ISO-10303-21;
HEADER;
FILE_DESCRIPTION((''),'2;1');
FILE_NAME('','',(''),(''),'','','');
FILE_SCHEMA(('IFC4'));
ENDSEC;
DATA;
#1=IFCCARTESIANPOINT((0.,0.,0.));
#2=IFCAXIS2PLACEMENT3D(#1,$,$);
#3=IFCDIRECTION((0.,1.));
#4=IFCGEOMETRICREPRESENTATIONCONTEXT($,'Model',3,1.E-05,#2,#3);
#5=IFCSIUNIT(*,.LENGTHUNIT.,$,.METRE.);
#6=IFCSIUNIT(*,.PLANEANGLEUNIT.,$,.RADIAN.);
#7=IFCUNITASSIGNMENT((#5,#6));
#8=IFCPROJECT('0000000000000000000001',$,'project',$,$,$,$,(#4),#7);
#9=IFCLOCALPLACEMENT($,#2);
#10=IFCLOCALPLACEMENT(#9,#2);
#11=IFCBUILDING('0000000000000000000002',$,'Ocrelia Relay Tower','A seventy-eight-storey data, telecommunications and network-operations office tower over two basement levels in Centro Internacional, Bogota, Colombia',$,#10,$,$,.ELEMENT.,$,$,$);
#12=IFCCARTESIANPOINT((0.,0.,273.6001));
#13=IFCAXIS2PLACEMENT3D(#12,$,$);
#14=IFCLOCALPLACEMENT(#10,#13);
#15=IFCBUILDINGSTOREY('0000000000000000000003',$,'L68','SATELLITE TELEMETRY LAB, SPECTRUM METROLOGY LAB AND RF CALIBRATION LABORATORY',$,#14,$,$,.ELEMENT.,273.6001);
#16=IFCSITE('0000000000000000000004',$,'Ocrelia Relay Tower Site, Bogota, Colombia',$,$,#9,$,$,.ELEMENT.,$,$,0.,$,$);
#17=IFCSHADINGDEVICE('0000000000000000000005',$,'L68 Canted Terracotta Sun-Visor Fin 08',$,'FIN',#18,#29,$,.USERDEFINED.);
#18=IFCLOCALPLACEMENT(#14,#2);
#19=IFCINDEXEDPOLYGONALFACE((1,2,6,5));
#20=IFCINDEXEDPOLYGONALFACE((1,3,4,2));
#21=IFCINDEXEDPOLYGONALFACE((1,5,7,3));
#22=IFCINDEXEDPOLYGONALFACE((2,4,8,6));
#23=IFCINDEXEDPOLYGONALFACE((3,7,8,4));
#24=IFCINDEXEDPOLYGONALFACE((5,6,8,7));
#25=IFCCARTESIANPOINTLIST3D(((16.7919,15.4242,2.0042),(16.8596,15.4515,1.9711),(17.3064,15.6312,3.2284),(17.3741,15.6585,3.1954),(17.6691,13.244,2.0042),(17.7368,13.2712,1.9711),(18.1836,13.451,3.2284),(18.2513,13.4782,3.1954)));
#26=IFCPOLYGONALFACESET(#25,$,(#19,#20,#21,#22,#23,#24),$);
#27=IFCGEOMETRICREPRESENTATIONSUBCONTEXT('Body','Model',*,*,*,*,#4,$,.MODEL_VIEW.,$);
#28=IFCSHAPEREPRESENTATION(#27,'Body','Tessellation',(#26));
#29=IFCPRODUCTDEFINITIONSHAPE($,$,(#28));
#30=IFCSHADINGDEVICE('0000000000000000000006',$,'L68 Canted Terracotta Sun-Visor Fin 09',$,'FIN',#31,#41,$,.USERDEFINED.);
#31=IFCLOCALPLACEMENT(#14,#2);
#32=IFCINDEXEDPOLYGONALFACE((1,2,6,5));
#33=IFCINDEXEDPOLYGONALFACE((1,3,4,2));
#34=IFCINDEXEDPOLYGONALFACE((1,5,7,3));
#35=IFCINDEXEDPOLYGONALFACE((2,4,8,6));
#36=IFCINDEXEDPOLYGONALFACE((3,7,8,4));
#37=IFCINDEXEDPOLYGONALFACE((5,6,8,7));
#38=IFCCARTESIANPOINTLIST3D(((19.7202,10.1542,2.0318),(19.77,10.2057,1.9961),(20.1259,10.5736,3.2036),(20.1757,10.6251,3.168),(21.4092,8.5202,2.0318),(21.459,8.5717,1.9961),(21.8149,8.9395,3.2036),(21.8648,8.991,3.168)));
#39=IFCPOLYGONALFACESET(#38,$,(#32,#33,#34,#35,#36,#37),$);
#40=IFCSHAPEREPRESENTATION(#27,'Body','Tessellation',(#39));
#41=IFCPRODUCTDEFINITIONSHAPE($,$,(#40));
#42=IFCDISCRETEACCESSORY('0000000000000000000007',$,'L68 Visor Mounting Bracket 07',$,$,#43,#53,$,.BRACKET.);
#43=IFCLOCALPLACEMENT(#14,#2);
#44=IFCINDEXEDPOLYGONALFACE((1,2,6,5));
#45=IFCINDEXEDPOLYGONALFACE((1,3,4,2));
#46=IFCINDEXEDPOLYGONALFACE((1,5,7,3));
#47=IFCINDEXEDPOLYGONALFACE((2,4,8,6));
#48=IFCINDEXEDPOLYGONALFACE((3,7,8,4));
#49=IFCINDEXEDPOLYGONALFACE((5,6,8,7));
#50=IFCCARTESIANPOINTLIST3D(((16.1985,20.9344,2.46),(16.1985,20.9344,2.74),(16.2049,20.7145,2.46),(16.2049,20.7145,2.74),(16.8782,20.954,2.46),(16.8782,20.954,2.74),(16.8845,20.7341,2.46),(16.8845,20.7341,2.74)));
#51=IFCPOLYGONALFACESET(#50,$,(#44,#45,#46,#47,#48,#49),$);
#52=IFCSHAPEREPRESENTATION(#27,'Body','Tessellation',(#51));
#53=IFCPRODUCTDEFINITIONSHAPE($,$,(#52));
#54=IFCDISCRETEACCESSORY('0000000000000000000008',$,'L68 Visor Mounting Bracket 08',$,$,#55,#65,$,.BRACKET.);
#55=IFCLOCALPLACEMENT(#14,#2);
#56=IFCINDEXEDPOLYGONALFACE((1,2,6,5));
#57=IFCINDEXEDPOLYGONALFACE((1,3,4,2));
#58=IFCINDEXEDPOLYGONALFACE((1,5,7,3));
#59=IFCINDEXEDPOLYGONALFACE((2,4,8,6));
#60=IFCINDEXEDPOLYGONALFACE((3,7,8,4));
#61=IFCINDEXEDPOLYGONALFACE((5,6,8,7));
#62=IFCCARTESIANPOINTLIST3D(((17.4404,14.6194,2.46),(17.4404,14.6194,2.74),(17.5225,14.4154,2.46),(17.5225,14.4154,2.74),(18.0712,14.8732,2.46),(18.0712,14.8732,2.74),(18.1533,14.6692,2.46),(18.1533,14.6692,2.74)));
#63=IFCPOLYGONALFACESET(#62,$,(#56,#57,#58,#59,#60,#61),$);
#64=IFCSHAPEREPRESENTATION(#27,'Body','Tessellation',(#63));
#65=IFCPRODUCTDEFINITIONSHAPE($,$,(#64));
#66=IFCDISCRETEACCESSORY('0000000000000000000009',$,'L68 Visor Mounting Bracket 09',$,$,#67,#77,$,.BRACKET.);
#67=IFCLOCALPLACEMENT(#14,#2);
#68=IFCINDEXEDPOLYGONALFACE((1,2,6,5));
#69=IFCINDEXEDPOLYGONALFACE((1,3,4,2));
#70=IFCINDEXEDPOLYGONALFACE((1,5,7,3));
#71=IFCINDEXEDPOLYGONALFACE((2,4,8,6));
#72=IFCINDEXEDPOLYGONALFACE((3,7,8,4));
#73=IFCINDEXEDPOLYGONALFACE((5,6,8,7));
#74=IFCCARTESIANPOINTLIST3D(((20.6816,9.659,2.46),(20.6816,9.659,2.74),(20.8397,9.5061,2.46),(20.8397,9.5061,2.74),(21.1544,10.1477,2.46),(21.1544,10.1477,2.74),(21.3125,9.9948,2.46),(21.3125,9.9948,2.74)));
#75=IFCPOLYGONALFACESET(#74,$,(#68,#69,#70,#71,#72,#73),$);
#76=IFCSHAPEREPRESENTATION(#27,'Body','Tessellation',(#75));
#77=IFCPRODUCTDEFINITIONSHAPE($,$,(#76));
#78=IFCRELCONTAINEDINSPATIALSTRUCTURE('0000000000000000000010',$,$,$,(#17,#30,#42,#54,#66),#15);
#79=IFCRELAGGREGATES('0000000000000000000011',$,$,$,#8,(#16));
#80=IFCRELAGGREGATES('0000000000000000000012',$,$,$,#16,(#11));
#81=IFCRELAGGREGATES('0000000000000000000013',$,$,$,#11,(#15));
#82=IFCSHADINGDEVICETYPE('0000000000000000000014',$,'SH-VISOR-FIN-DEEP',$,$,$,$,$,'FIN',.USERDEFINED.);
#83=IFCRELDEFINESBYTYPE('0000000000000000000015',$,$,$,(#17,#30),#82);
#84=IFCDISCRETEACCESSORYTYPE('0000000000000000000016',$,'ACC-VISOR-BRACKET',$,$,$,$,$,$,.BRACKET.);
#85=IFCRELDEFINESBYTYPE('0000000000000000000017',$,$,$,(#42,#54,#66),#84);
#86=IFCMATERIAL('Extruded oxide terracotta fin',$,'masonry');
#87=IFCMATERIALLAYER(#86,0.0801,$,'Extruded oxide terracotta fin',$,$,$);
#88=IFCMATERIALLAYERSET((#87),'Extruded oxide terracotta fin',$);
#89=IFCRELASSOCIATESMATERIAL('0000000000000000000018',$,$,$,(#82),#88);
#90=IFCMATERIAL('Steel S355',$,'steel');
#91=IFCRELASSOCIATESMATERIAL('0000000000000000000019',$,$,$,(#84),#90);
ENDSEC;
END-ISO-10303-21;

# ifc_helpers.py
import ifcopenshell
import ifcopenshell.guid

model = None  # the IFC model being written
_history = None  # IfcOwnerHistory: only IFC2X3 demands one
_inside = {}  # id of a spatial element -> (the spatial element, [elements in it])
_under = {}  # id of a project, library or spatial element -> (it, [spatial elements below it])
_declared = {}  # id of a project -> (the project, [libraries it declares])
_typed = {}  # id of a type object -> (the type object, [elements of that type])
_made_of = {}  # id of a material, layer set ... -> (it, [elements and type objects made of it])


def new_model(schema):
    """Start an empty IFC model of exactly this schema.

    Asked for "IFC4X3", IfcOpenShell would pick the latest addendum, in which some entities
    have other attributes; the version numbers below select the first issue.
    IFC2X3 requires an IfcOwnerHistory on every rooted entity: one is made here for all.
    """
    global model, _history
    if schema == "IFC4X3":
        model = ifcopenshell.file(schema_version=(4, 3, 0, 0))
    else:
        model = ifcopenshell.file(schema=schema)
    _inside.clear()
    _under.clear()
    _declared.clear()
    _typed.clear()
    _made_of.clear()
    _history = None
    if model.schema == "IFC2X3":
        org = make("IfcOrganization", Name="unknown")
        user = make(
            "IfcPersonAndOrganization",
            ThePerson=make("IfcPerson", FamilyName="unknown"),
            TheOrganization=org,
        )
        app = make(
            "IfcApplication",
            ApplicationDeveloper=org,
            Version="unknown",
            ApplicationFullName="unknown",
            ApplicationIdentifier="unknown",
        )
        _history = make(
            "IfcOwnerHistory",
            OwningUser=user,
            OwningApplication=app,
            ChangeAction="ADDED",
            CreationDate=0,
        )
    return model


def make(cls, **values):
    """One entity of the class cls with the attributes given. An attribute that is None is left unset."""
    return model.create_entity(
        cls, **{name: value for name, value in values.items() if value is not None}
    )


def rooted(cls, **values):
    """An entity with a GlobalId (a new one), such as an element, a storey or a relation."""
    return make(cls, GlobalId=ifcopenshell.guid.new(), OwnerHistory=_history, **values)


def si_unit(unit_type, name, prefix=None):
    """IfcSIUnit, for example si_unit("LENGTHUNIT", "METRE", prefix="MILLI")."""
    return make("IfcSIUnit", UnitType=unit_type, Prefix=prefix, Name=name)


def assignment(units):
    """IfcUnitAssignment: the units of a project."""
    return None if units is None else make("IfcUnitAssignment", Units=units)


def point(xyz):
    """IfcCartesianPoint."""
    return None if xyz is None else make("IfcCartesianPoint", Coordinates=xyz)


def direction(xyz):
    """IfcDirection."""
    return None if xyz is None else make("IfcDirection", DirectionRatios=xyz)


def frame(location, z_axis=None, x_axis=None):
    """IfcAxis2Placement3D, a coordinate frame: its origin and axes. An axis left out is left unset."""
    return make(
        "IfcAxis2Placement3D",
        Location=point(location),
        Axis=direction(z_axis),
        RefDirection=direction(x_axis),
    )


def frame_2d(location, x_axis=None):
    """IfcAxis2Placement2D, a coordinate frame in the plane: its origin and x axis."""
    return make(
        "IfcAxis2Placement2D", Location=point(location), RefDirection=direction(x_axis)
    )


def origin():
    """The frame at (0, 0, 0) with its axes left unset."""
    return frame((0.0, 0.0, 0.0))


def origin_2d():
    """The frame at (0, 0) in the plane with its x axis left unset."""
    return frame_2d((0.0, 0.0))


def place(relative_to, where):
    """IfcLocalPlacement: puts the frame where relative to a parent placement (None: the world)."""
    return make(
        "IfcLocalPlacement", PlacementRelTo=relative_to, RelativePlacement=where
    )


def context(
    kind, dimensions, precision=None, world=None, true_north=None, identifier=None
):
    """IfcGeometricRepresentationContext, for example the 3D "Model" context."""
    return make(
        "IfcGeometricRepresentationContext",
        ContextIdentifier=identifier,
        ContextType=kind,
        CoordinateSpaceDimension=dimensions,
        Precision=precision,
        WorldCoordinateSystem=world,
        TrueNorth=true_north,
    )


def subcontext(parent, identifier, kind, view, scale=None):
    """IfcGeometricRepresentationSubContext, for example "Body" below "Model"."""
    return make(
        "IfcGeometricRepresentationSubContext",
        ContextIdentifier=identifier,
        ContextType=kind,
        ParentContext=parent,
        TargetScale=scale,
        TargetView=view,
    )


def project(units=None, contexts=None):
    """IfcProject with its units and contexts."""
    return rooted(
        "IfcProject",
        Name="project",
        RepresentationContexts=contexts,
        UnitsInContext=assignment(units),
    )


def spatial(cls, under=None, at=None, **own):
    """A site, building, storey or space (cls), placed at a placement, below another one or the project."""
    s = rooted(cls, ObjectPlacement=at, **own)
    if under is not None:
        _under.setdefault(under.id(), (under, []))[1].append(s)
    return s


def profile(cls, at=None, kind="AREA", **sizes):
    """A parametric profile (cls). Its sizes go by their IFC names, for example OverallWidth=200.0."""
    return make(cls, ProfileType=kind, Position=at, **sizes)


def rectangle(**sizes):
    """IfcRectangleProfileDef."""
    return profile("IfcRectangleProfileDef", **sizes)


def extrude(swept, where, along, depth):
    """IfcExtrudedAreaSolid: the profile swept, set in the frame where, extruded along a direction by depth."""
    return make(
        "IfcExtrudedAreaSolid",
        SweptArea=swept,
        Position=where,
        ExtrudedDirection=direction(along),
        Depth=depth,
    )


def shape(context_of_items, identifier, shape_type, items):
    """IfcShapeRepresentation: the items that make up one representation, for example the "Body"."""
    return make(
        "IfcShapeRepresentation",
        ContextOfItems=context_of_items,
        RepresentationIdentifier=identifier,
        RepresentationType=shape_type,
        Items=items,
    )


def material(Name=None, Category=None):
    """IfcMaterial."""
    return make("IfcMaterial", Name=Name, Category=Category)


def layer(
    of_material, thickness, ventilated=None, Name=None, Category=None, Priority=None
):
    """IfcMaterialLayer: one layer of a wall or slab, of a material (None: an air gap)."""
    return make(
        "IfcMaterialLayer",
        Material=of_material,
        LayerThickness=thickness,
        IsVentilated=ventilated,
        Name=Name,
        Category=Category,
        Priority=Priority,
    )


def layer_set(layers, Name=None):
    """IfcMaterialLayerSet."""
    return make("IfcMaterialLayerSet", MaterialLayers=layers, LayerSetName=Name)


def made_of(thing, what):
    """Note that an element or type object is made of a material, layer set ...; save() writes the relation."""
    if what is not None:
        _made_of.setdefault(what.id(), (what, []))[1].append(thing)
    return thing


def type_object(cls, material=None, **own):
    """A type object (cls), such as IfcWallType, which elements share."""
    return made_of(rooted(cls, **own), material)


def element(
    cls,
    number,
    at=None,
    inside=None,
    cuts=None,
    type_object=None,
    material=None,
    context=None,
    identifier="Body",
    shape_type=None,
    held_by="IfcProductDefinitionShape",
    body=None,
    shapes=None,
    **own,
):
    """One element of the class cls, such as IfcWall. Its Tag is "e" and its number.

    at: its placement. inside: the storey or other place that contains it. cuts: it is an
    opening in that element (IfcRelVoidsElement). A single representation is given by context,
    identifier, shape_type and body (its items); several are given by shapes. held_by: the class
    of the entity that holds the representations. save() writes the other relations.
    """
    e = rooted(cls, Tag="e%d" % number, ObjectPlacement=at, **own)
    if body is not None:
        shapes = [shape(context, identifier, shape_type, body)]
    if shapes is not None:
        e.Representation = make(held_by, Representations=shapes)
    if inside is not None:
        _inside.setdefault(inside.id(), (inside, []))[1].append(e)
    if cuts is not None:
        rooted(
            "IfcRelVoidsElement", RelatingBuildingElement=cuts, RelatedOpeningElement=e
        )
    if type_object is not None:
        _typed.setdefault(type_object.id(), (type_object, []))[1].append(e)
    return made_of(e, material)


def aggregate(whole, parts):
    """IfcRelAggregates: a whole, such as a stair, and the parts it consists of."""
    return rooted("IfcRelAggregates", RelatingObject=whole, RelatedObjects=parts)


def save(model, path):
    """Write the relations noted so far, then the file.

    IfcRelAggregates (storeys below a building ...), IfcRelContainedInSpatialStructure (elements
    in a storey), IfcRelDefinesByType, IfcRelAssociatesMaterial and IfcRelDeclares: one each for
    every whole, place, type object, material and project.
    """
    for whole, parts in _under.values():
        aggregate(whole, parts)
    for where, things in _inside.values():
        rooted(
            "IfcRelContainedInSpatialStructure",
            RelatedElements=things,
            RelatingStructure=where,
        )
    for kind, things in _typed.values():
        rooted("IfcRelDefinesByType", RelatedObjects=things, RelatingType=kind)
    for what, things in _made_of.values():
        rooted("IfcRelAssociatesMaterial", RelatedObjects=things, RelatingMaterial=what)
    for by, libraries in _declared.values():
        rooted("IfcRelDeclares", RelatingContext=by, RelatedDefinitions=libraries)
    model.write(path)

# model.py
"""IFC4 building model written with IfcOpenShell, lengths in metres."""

from ifc_helpers import new_model, si_unit, direction, frame, origin, origin_2d, place, context, subcontext, project, spatial, rectangle, extrude, material, layer, layer_set, type_object, element, save


model = new_model("IFC4")

# Units and contexts
model_context = context("Model", 3, precision=1e-05, world=origin(), true_north=direction((0.0, 1.0)))
body_context = subcontext(model_context, "Body", "Model", "MODEL_VIEW")
ifc_project = project(units=[si_unit("LENGTHUNIT", "METRE"), si_unit("PLANEANGLEUNIT", "RADIAN")], contexts=[model_context])

# Site, building, storey
site_placement = place(None, origin())
site = spatial("IfcSite", under=ifc_project, at=site_placement, Name="Ocrelia Relay Tower Site, Bogota, Colombia", CompositionType="ELEMENT", RefElevation=0.0)
building_placement = place(site_placement, origin())
building = spatial("IfcBuilding", under=site, at=building_placement, Name="Ocrelia Relay Tower", Description="A seventy-eight-storey data, telecommunications and network-operations office tower over two basement levels in Centro Internacional, Bogota, Colombia", CompositionType="ELEMENT")
storey_placement = place(building_placement, frame((0.0, 0.0, 273.6001)))
storey = spatial("IfcBuildingStorey", under=building, at=storey_placement, Name="L68", Description="SATELLITE TELEMETRY LAB, SPECTRUM METROLOGY LAB AND RF CALIBRATION LABORATORY", CompositionType="ELEMENT", Elevation=273.6001)

# Shared definitions
ifc_material_1 = material(Name="Steel S355", Category="steel")

# Shading devices
ifc_material_2 = material(Name="Extruded oxide terracotta fin", Category="masonry")
ifc_layer_1 = layer(ifc_material_2, 0.0801, Name="Extruded oxide terracotta fin")
ifc_layer_set_1 = layer_set([ifc_layer_1], Name="Extruded oxide terracotta fin")
shading_device_type_1 = type_object("IfcShadingDeviceType", Name="SH-VISOR-FIN-DEEP", ElementType="FIN", PredefinedType="USERDEFINED", material=ifc_layer_set_1)
shading_device_1_placement = place(storey_placement, frame((17.5554, 14.4648, 2.5833), z_axis=(-0.845063, -0.340012, 0.412628), x_axis=(0.37327, -0.927723, 0.0)))
element("IfcShadingDevice", 1, at=shading_device_1_placement, inside=storey, type_object=shading_device_type_1, Name="L68 Canted Terracotta Sun-Visor Fin 08", ObjectType="FIN", PredefinedType="USERDEFINED", context=body_context, shape_type="SweptSolid", body=[
    extrude(rectangle(XDim=2.3501, YDim=1.344, at=origin_2d()), origin(), (0.0, 0.0, 1.0), 0.0801),
])
shading_device_2_placement = place(storey_placement, frame((20.8174, 9.5984, 2.582), z_axis=(-0.62242, -0.643365, 0.445729), x_axis=(0.718709, -0.695311, 0.0)))
element("IfcShadingDevice", 2, at=shading_device_2_placement, inside=storey, type_object=shading_device_type_1, Name="L68 Canted Terracotta Sun-Visor Fin 09", ObjectType="FIN", PredefinedType="USERDEFINED", context=body_context, shape_type="SweptSolid", body=[
    extrude(rectangle(XDim=2.3501, YDim=1.3091, at=origin_2d()), origin(), (0.0, 0.0, 1.0), 0.0801),
])

# Discrete accessories
discrete_accessory_type = type_object("IfcDiscreteAccessoryType", Name="ACC-VISOR-BRACKET", PredefinedType="BRACKET", material=ifc_material_1)
for number, where, z_axis, x_axis, name in (
    (3, (16.5415, 20.8342, 2.46), (0.0, 0.0, 1.0), (0.028857, -0.999584, 0.0), "L68 Visor Mounting Bracket 07"),
    (4, (17.7969, 14.6443, 2.46), (0.0, 0.0, 1.0), (0.37327, -0.927723, 0.0), "L68 Visor Mounting Bracket 08"),
    (5, (20.9971, 9.8269, 2.46), (0.0, 0.0, 1.0), (0.718709, -0.695311, 0.0), "L68 Visor Mounting Bracket 09"),
):
    element("IfcDiscreteAccessory", number, at=place(storey_placement, frame(where, z_axis=z_axis, x_axis=x_axis)), inside=storey, type_object=discrete_accessory_type, Name=name, PredefinedType="BRACKET", context=body_context, shape_type="SweptSolid", body=[
        extrude(rectangle(XDim=0.22, YDim=0.6799, at=origin_2d()), origin(), (0.0, 0.0, 1.0), 0.28),
    ])

save(model, "model.ifc")
